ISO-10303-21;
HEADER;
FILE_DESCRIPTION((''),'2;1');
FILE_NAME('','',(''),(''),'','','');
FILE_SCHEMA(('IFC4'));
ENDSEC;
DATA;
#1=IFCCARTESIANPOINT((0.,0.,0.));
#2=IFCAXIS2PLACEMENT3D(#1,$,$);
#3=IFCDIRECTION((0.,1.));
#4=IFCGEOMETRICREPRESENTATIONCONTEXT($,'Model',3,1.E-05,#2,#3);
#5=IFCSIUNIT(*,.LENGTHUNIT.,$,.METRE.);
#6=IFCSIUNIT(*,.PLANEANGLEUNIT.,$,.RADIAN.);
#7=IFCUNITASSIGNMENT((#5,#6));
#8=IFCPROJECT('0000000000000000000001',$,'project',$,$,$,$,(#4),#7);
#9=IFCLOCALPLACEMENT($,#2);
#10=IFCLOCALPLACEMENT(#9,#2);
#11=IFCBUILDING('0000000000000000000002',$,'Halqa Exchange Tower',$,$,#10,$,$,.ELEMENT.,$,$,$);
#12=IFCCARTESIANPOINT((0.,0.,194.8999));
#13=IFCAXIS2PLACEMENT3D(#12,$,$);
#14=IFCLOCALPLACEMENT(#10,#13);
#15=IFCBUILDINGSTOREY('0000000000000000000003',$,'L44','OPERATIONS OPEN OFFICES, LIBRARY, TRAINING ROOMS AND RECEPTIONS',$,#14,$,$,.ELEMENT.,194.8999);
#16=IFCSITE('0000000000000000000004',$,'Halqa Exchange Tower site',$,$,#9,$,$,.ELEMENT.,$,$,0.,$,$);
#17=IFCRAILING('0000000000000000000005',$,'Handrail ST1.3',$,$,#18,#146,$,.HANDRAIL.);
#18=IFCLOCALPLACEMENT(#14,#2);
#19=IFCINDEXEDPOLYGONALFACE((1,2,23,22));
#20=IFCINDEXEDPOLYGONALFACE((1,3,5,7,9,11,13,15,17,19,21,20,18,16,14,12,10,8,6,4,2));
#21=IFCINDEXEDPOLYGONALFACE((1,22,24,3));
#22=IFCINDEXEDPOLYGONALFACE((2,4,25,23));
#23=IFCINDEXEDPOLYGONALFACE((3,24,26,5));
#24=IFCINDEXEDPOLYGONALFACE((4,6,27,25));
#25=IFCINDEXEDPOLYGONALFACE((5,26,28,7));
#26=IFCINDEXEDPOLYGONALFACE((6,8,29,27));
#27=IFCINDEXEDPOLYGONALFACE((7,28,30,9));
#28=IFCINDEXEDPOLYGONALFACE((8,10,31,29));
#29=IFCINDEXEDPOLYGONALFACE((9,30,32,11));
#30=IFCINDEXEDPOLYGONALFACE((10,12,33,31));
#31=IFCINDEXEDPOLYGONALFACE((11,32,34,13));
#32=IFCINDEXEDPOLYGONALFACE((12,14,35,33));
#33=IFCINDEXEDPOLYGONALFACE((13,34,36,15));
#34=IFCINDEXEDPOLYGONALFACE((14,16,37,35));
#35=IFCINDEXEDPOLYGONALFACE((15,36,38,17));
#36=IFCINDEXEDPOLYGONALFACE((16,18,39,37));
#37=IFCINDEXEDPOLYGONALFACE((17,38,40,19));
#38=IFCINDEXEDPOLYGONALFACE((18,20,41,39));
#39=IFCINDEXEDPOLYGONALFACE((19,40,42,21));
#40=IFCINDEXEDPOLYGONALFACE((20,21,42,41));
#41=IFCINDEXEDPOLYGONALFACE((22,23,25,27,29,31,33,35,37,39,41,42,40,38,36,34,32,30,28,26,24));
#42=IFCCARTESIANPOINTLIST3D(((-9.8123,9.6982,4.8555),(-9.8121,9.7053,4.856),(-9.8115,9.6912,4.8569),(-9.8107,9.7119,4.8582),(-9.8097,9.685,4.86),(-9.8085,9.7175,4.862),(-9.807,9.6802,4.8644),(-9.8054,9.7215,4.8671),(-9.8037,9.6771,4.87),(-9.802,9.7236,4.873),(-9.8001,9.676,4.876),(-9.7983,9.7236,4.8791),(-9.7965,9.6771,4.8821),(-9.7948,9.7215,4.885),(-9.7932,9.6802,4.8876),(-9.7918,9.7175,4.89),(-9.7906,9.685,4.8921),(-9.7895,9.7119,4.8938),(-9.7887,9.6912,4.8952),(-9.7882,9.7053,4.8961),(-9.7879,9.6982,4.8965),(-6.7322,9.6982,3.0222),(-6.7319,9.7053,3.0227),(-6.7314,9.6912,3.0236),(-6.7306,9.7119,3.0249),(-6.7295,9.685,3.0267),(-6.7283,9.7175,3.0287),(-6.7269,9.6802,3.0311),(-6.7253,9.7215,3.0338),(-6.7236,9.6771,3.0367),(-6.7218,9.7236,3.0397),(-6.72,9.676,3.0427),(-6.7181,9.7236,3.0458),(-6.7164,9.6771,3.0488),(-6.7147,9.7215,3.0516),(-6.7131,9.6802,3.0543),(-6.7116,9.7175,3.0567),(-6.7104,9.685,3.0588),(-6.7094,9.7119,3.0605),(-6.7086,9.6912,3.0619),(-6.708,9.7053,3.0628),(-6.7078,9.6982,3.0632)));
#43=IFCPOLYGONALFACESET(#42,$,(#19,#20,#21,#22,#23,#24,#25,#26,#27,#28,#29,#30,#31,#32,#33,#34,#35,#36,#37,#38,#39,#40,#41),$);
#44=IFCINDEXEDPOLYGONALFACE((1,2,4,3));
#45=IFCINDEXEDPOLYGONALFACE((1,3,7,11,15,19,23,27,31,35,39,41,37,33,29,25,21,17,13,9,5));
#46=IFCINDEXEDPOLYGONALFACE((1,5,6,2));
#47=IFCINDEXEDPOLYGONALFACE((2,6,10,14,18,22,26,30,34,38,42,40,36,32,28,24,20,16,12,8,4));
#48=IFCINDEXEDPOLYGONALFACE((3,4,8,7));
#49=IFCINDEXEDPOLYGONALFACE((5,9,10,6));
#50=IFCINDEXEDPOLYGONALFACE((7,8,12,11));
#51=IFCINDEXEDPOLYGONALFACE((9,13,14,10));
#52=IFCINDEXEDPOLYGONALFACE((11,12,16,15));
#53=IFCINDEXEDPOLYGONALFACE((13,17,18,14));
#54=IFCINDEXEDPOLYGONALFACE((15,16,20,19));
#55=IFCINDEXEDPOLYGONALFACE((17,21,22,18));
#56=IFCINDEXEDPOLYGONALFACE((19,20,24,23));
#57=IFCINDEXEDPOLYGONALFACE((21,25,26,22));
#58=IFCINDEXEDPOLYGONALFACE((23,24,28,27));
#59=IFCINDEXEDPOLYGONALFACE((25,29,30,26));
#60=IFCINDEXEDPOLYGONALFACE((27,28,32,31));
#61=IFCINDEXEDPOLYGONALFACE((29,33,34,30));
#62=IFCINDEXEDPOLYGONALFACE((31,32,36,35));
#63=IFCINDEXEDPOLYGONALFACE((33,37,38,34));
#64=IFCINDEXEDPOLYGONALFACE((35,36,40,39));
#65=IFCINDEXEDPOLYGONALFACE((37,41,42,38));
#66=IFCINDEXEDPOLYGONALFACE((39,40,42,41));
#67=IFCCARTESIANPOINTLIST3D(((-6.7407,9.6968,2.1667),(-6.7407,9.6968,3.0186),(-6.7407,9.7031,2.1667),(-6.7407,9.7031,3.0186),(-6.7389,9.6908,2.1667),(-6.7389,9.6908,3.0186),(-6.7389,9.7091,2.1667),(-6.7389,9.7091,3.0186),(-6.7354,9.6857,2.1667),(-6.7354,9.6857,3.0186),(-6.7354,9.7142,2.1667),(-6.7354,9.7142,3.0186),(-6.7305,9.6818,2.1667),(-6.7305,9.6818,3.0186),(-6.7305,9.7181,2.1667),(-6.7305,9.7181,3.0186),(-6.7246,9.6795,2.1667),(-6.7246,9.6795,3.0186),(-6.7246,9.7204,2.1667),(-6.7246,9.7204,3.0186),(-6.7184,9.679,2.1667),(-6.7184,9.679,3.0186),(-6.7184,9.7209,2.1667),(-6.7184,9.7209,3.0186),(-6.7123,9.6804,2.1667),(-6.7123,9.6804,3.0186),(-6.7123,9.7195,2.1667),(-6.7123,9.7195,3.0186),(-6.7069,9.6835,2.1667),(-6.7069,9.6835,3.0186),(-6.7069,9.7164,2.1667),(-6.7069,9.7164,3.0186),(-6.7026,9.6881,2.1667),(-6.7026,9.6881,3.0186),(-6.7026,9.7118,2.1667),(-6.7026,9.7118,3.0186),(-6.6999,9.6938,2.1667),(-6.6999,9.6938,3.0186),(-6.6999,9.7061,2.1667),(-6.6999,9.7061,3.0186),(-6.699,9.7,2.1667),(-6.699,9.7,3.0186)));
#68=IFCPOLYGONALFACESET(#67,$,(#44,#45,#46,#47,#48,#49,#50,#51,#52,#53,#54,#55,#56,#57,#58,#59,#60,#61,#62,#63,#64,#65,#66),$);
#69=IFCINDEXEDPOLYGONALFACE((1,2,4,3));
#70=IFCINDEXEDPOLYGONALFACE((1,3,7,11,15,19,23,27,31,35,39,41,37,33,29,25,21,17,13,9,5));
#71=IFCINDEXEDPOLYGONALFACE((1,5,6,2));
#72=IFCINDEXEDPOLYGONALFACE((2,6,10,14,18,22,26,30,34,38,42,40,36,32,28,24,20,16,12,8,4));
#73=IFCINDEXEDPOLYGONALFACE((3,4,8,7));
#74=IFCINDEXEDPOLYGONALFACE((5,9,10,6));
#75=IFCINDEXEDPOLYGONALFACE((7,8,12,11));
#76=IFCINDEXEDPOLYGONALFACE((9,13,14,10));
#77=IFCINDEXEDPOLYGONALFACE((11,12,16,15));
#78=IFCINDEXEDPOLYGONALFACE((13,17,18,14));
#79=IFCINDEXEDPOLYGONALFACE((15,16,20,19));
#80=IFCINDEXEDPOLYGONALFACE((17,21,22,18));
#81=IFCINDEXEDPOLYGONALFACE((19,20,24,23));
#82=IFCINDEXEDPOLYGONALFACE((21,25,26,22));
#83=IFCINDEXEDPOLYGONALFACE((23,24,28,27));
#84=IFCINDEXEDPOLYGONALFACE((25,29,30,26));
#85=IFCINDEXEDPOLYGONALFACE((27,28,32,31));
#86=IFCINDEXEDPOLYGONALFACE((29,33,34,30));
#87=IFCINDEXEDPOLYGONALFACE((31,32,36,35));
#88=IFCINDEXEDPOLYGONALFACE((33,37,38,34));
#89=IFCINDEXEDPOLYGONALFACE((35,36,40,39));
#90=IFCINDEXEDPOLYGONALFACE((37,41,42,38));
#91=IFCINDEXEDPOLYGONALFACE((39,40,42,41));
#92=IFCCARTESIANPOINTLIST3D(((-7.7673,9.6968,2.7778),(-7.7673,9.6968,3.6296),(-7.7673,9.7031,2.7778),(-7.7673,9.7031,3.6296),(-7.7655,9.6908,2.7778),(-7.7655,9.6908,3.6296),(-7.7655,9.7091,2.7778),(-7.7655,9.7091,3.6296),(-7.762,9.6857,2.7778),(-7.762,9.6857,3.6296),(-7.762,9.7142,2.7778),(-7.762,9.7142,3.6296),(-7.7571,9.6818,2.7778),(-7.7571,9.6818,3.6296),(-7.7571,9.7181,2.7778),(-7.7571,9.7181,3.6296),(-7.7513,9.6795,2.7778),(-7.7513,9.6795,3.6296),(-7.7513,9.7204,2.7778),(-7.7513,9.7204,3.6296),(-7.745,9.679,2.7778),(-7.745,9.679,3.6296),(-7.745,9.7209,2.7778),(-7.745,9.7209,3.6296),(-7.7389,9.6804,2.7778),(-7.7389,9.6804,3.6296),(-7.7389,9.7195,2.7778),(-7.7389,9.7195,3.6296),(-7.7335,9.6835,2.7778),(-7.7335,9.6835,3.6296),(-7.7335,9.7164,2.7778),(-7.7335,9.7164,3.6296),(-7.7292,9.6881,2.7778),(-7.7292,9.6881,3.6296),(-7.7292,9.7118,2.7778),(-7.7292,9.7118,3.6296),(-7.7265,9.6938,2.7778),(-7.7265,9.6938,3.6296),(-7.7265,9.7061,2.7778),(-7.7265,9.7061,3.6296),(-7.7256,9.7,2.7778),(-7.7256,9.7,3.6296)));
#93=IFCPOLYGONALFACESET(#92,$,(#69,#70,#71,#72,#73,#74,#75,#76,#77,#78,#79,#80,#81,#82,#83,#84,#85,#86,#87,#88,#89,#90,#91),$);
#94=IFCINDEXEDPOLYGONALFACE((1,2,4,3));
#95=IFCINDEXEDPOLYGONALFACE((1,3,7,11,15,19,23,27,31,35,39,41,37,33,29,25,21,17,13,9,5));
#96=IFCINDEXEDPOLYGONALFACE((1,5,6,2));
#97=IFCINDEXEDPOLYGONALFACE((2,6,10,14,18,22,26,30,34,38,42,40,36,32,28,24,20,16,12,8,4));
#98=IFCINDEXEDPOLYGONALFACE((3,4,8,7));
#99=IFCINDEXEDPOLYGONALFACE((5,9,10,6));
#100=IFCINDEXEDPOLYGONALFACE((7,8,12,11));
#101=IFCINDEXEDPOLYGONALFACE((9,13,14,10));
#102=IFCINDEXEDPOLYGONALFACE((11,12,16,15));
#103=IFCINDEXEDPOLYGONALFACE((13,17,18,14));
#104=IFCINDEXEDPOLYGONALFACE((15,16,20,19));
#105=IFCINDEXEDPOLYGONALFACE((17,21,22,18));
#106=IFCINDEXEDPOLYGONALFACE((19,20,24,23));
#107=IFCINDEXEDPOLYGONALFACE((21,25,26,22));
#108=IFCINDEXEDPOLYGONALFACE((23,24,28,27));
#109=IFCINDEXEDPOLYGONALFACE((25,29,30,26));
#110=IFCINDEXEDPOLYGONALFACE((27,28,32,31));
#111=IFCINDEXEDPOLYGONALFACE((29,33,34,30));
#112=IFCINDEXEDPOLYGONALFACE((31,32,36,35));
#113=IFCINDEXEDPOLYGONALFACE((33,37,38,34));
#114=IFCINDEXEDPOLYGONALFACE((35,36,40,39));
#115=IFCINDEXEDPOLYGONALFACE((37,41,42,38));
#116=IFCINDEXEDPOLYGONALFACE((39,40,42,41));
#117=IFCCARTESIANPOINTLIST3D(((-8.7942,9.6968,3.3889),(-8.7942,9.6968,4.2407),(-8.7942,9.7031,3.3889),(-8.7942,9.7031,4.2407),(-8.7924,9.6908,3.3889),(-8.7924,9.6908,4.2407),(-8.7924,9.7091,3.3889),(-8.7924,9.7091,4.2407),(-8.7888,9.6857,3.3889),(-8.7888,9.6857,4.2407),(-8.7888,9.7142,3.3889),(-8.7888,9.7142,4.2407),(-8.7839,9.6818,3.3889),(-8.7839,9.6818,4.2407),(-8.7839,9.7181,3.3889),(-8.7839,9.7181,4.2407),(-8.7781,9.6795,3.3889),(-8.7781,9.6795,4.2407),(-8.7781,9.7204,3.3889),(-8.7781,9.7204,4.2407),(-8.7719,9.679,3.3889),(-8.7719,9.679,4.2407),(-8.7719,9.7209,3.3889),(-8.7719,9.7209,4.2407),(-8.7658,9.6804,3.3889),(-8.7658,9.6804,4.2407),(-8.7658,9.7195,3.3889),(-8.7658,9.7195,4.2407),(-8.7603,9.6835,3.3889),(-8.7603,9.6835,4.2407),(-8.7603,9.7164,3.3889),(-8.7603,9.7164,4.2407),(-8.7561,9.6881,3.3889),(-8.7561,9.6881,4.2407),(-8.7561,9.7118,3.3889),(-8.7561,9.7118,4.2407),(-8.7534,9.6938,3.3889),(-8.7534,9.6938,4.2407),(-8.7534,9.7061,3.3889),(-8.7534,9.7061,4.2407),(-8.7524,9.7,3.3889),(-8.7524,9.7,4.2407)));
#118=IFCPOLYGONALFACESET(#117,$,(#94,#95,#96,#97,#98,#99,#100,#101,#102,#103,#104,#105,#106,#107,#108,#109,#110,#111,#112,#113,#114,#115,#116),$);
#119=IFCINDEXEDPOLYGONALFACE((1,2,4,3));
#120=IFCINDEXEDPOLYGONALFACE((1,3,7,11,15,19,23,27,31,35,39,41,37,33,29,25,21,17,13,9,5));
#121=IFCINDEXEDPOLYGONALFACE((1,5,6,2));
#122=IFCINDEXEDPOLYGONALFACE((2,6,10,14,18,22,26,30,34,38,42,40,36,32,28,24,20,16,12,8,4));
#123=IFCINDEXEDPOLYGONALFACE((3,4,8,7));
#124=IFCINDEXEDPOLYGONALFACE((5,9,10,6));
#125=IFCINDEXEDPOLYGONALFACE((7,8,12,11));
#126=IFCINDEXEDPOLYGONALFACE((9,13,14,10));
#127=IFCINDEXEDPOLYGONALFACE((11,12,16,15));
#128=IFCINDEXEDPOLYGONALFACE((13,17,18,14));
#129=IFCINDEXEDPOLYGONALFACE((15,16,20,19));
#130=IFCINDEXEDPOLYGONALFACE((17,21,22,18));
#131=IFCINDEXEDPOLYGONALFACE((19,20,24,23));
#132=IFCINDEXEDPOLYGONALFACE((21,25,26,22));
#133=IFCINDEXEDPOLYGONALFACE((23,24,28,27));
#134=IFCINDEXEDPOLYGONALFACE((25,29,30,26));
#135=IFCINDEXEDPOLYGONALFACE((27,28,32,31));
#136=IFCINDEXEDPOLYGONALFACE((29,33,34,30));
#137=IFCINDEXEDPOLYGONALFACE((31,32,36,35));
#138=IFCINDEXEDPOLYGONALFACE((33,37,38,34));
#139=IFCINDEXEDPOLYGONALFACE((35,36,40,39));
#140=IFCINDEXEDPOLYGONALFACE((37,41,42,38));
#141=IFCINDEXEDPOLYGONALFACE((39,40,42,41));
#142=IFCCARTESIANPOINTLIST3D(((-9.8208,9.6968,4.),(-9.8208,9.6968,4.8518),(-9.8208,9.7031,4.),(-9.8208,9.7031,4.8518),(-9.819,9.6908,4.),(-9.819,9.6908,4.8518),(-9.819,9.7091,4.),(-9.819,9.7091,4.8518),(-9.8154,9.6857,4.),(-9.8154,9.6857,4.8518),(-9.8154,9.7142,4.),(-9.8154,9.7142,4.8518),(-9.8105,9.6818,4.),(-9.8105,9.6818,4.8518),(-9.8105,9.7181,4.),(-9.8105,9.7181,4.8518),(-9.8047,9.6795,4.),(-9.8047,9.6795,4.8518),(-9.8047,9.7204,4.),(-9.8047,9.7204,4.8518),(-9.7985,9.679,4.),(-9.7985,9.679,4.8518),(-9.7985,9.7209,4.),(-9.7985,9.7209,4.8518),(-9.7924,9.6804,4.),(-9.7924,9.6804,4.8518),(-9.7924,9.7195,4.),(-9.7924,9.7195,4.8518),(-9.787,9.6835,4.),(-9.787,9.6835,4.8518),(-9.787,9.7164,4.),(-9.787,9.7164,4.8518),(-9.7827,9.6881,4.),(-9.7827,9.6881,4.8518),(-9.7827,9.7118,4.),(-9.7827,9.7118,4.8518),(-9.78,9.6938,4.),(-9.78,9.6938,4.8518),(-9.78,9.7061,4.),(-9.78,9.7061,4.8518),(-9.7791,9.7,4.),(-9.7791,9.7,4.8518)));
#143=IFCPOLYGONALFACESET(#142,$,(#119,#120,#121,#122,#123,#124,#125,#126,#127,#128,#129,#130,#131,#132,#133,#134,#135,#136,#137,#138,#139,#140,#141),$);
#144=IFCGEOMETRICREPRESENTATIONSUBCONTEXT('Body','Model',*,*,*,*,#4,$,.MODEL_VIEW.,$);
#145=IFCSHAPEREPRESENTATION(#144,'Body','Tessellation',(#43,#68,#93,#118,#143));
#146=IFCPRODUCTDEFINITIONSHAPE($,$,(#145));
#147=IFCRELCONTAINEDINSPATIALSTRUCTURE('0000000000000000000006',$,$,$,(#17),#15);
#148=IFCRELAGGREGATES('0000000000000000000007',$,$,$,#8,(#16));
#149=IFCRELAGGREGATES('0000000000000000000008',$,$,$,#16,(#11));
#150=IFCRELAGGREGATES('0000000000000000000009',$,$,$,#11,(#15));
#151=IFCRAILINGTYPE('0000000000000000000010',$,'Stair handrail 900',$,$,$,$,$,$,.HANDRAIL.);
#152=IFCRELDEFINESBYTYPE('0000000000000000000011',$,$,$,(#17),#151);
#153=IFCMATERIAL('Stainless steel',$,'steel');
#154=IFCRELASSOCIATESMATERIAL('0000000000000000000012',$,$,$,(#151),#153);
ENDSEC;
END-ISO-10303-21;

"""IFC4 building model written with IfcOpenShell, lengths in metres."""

from ifc_helpers import new_model, si_unit, direction, frame, origin, origin_2d, place, context, subcontext, project, spatial, circle, extrude, material, type_object, element, save


model = new_model("IFC4")

# Units and contexts
model_context = context("Model", 3, precision=1e-05, world=origin(), true_north=direction((0.0, 1.0)))
body_context = subcontext(model_context, "Body", "Model", "MODEL_VIEW")
ifc_project = project(units=[si_unit("LENGTHUNIT", "METRE"), si_unit("PLANEANGLEUNIT", "RADIAN")], contexts=[model_context])

# Site, building, storey
site_placement = place(None, origin())
site = spatial("IfcSite", under=ifc_project, at=site_placement, Name="Halqa Exchange Tower site", CompositionType="ELEMENT", RefElevation=0.0)
building_placement = place(site_placement, origin())
building = spatial("IfcBuilding", under=site, at=building_placement, Name="Halqa Exchange Tower", CompositionType="ELEMENT")
storey_placement = place(building_placement, frame((0.0, 0.0, 194.8999)))
storey = spatial("IfcBuildingStorey", under=building, at=storey_placement, Name="L44", Description="OPERATIONS OPEN OFFICES, LIBRARY, TRAINING ROOMS AND RECEPTIONS", CompositionType="ELEMENT", Elevation=194.8999)

# Railing
ifc_material_1 = material(Name="Stainless steel", Category="steel")
railing_type_1 = type_object("IfcRailingType", Name="Stair handrail 900", PredefinedType="HANDRAIL", material=ifc_material_1)
railing_1_placement = place(storey_placement, frame((-6.72, 9.7, 2.1667)))
element("IfcRailing", 1, at=railing_1_placement, inside=storey, type_object=railing_type_1, Name="Handrail ST1.3", PredefinedType="HANDRAIL", context=body_context, shape_type="SweptSolid", body=[
    extrude(circle(Radius=0.0239, at=origin_2d()), frame((0.0, 0.0, 0.876), z_axis=(-0.859309, 0.0, 0.511458), x_axis=(0.0, -1.0, 0.0)), (0.0, 0.0, 1.0), 3.5845),
    extrude(circle(Radius=0.021, at=origin_2d()), origin(), (0.0, 0.0, 1.0), 0.8518),
    extrude(circle(Radius=0.021, at=origin_2d()), frame((-1.0266, 0.0, 0.6111)), (0.0, 0.0, 1.0), 0.8518),
    extrude(circle(Radius=0.021, at=origin_2d()), frame((-2.0535, 0.0, 1.2222)), (0.0, 0.0, 1.0), 0.8518),
    extrude(circle(Radius=0.021, at=origin_2d()), frame((-3.0801, 0.0, 1.8333)), (0.0, 0.0, 1.0), 0.8518),
])

save(model, "model.ifc")
